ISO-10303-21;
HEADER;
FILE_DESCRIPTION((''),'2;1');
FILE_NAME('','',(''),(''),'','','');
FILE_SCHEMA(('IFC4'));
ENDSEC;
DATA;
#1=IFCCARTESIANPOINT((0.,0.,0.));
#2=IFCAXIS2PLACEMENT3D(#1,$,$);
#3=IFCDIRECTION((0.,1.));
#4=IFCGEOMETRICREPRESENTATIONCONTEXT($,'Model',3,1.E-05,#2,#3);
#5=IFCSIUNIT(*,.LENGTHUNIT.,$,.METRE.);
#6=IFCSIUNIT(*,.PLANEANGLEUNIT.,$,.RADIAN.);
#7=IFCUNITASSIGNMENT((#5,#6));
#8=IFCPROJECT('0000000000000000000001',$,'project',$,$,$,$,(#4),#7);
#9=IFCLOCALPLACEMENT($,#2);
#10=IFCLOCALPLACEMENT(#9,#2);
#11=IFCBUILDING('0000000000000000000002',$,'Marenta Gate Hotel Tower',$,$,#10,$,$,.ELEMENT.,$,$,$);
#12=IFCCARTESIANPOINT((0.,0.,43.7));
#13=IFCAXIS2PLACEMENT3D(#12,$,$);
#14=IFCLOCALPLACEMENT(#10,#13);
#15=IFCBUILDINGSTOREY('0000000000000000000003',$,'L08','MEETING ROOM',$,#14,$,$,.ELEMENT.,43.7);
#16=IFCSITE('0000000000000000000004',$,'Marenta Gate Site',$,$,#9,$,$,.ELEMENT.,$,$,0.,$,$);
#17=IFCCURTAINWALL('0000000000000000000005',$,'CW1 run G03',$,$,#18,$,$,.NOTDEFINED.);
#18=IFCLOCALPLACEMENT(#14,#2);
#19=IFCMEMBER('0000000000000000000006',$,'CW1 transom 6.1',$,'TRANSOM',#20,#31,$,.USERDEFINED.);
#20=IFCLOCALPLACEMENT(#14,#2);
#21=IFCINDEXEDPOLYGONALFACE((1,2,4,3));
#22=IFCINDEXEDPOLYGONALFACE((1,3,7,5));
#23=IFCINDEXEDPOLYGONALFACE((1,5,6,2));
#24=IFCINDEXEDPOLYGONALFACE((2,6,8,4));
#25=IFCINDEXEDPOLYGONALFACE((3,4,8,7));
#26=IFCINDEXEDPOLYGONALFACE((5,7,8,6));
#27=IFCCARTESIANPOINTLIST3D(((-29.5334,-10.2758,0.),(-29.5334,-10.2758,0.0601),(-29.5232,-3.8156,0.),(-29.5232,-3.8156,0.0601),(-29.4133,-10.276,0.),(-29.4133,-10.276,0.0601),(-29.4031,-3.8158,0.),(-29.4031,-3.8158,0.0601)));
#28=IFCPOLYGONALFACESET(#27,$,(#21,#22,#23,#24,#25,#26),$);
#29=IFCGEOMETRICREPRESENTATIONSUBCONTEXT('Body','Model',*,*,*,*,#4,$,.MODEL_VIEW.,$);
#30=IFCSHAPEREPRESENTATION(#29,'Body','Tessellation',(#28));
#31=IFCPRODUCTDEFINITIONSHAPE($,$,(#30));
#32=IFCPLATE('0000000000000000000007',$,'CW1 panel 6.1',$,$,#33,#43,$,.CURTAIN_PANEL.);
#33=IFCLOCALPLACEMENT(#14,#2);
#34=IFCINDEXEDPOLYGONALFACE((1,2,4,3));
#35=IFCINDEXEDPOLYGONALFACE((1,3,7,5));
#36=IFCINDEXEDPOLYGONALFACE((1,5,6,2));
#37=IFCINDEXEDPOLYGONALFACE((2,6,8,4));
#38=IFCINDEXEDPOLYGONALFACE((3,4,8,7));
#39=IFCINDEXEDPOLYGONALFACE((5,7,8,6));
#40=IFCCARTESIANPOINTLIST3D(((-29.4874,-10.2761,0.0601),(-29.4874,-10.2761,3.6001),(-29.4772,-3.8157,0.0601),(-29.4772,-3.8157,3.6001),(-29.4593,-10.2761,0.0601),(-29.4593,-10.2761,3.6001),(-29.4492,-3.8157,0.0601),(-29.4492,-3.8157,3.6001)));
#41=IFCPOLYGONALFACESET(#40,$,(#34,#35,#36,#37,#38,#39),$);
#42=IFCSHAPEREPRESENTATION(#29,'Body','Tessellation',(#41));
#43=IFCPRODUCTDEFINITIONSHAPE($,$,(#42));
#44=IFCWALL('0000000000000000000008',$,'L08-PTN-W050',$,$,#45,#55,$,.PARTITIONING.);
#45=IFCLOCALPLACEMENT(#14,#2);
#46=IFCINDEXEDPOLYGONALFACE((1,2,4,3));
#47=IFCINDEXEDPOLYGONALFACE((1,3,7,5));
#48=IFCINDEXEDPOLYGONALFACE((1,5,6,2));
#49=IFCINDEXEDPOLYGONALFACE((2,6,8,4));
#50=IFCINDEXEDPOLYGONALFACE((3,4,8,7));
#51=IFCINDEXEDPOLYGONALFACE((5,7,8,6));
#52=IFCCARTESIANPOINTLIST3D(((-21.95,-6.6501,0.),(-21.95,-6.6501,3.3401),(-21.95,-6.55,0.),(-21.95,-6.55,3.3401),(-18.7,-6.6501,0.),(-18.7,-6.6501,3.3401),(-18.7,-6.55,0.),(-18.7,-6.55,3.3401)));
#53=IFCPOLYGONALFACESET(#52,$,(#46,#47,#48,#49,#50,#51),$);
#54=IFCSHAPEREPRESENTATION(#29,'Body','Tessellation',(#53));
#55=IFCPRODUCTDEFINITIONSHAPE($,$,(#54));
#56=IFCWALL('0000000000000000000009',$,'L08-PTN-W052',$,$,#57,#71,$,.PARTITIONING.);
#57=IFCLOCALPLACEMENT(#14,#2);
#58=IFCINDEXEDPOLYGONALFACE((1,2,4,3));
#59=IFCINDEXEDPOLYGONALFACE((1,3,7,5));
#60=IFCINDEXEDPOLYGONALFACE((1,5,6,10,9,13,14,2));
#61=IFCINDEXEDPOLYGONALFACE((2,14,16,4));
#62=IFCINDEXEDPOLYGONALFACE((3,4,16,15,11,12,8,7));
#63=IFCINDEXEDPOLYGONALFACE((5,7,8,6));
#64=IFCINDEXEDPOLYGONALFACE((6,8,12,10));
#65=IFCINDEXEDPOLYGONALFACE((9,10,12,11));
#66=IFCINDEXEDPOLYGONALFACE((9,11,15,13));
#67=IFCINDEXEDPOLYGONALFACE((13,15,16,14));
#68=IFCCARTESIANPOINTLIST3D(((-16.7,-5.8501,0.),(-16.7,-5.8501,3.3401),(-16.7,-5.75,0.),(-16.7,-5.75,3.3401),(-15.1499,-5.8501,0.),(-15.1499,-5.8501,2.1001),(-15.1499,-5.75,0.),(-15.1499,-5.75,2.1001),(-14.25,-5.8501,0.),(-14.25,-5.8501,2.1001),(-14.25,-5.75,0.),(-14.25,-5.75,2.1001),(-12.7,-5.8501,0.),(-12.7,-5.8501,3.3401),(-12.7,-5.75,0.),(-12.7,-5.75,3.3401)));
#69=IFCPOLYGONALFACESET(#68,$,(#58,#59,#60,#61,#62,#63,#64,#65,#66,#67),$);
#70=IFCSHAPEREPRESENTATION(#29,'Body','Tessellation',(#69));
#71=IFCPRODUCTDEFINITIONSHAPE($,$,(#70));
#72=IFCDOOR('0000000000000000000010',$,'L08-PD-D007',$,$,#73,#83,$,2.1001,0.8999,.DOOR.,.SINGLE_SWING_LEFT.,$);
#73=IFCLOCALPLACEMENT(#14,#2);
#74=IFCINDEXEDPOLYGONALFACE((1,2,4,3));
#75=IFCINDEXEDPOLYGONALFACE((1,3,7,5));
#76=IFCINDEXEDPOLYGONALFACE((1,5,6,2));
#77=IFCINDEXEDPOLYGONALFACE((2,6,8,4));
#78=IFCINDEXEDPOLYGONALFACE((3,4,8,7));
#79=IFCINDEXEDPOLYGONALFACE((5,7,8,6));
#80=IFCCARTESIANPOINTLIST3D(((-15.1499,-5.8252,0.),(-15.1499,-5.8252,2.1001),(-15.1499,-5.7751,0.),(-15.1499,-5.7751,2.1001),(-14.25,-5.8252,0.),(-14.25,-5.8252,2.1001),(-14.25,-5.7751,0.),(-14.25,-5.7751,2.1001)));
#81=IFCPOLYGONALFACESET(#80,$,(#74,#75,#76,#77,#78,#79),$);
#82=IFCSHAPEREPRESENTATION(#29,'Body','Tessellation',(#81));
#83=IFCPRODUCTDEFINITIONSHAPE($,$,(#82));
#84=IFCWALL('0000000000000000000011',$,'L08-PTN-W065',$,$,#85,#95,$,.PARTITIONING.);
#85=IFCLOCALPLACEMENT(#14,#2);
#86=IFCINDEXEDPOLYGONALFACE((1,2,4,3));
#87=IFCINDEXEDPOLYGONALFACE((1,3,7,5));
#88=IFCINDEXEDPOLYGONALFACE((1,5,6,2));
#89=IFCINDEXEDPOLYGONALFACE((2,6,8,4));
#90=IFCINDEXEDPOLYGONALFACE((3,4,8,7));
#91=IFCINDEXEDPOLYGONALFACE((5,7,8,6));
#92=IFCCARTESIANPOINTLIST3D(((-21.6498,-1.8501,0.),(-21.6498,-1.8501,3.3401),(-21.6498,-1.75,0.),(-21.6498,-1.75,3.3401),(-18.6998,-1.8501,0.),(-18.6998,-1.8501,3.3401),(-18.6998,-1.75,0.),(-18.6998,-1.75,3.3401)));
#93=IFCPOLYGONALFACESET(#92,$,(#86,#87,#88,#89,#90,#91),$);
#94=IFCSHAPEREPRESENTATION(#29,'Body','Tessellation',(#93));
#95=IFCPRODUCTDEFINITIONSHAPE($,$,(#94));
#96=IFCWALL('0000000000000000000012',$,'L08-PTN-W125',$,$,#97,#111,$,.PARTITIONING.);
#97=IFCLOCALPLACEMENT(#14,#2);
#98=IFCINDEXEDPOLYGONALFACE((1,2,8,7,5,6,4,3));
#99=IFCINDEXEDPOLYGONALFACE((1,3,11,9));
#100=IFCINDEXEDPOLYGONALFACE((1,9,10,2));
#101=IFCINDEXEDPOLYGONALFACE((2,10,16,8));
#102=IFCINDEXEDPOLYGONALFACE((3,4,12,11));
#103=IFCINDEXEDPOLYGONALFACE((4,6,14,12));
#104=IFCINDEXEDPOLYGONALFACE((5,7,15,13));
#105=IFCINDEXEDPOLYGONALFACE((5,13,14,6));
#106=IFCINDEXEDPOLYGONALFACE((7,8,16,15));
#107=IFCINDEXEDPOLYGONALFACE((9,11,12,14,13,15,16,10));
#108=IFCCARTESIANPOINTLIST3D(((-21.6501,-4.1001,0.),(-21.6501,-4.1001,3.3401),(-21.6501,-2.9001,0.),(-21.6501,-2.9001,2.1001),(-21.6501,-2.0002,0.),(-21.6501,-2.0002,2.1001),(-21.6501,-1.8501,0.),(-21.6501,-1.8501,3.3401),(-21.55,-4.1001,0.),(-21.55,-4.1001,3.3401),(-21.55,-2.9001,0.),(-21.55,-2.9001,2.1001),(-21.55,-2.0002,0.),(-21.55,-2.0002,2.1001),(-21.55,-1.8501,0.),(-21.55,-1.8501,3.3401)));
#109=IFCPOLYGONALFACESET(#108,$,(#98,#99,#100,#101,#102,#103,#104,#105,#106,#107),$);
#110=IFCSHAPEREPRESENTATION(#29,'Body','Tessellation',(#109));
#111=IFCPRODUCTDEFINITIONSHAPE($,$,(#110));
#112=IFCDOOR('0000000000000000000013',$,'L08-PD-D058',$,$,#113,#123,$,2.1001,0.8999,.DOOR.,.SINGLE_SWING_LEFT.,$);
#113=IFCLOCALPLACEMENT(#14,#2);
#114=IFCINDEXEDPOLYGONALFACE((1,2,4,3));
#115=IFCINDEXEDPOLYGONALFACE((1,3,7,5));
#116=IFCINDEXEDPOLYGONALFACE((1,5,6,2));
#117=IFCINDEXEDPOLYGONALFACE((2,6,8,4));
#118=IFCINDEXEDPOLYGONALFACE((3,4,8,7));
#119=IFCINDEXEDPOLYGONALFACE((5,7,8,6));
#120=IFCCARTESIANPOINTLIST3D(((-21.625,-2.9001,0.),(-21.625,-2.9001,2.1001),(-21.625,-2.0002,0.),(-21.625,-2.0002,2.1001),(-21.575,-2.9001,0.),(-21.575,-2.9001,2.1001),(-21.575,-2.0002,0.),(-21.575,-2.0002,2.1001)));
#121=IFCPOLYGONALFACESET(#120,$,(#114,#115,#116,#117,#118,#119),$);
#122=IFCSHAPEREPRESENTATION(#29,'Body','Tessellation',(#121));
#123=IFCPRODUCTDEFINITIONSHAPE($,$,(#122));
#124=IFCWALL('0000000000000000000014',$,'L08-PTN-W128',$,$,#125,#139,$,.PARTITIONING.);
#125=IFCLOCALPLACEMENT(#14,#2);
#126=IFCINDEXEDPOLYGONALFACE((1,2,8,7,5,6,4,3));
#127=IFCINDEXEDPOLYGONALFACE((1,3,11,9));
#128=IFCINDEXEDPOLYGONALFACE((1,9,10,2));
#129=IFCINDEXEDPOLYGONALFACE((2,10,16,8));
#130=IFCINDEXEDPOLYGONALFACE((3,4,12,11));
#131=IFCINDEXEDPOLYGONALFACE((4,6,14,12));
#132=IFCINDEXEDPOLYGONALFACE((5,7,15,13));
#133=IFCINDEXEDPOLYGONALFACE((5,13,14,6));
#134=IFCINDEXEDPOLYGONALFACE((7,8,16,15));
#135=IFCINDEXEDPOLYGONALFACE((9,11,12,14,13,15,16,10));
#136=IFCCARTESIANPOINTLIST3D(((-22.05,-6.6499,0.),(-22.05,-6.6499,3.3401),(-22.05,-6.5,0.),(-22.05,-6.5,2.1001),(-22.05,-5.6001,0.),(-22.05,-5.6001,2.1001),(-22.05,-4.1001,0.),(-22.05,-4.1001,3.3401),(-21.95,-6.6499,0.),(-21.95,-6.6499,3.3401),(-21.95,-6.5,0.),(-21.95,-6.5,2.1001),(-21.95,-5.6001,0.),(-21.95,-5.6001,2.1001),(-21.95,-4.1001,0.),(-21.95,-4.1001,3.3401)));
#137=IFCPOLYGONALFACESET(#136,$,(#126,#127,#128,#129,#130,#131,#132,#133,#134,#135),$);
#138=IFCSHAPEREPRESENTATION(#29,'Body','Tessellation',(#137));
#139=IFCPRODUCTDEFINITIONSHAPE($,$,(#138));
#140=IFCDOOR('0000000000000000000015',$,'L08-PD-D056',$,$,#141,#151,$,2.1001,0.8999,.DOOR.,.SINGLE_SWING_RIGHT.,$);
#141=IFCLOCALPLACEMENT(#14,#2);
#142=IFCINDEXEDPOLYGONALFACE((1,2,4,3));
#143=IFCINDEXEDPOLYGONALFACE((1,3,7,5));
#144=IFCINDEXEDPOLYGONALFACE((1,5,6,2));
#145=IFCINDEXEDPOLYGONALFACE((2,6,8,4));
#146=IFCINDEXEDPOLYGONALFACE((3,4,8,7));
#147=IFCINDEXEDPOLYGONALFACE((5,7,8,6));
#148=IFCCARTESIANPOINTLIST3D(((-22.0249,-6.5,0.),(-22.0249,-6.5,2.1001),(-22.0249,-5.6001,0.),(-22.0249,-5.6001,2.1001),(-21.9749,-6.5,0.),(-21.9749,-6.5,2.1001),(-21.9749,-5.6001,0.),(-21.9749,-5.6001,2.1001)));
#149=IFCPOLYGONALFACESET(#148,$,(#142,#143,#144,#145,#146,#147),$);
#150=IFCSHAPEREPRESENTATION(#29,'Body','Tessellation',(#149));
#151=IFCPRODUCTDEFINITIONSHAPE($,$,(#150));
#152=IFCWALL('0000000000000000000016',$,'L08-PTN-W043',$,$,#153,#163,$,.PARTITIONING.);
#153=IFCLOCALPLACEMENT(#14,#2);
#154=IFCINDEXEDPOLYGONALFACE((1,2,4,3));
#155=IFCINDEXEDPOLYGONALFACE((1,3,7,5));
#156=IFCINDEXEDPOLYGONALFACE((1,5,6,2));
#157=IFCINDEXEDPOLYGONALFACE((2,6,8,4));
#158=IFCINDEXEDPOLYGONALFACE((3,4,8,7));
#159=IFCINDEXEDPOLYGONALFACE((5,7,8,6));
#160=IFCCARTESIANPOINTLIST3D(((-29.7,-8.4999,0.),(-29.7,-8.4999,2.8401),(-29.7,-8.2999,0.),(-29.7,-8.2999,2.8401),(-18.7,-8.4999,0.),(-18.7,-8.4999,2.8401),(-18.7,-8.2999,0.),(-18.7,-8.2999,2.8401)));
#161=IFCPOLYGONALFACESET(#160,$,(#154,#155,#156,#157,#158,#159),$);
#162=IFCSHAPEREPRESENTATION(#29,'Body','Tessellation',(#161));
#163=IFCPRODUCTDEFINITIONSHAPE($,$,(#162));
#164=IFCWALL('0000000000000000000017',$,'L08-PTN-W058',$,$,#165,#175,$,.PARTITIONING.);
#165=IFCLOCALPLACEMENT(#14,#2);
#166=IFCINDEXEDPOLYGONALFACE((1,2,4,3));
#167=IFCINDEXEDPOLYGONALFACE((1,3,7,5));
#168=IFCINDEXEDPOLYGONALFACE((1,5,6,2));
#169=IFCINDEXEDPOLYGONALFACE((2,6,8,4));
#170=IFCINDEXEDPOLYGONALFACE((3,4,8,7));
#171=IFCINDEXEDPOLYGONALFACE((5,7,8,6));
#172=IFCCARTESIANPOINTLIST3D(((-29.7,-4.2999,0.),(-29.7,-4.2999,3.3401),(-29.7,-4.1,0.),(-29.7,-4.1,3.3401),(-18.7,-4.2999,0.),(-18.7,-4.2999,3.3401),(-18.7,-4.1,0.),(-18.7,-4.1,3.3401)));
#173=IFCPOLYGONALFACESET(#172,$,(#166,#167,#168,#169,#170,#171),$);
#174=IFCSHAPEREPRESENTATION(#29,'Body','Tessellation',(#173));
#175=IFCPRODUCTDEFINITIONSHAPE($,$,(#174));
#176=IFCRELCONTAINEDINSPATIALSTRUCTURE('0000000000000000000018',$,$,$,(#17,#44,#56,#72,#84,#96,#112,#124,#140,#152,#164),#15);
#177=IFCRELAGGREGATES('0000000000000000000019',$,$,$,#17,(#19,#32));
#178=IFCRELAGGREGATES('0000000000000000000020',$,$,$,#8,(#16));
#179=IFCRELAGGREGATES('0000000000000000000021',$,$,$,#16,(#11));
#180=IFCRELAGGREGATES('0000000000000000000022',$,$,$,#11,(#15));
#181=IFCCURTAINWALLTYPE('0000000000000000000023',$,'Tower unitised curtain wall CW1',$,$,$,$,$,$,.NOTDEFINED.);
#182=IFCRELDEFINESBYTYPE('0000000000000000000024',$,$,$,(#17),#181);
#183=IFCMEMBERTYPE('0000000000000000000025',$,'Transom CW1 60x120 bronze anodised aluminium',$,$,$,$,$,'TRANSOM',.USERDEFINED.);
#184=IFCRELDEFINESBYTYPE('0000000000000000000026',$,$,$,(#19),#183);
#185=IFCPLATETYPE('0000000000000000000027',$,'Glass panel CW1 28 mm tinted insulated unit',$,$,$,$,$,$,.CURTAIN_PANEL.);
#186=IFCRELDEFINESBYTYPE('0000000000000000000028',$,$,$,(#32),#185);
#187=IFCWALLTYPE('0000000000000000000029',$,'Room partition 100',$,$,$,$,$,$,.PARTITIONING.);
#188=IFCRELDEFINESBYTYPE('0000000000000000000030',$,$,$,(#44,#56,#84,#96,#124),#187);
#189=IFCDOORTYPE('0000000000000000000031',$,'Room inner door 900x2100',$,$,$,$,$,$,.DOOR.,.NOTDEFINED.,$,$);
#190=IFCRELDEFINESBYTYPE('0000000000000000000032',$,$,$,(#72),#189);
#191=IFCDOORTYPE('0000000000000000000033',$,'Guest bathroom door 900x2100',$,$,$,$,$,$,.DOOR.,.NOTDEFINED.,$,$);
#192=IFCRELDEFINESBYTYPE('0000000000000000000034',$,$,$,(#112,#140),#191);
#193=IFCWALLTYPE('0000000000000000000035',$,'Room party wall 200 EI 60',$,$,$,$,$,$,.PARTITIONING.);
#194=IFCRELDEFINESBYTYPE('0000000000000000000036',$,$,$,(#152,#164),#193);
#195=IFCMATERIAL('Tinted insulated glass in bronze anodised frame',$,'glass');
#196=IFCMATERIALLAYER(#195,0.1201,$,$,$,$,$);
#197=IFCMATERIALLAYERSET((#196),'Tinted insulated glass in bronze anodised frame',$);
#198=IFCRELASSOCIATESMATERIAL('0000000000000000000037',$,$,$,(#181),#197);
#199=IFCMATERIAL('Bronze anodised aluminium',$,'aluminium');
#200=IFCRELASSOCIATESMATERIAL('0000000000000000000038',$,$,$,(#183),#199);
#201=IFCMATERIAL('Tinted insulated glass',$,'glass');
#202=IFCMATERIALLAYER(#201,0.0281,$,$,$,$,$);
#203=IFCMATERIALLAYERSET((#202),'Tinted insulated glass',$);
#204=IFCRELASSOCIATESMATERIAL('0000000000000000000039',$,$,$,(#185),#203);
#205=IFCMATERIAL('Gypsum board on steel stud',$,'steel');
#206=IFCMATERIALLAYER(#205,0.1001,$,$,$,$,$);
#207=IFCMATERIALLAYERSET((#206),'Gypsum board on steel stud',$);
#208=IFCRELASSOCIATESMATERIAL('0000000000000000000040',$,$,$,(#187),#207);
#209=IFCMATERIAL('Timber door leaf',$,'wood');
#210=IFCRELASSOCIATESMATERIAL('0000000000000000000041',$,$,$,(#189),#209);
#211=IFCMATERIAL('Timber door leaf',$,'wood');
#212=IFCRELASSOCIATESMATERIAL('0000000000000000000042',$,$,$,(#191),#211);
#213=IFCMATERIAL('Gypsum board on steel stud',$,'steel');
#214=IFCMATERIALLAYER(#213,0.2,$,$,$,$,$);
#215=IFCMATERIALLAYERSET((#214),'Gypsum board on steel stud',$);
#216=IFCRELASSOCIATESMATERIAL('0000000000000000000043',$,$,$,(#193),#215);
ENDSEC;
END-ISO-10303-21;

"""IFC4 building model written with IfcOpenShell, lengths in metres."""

from ifc_helpers import new_model, si_unit, direction, frame, frame_2d, origin, origin_2d, place, context, subcontext, project, spatial, rectangle, extrude, material, layer, layer_set, material_profile, profile_set, type_object, element, fill, aggregate, save


model = new_model("IFC4")

# Units and contexts
model_context = context("Model", 3, precision=1e-05, world=origin(), true_north=direction((0.0, 1.0)))
body_context = subcontext(model_context, "Body", "Model", "MODEL_VIEW")
ifc_project = project(units=[si_unit("LENGTHUNIT", "METRE"), si_unit("PLANEANGLEUNIT", "RADIAN")], contexts=[model_context])

# Site, building, storey
site_placement = place(None, origin())
site = spatial("IfcSite", under=ifc_project, at=site_placement, Name="Marenta Gate Site", CompositionType="ELEMENT", RefElevation=0.0)
building_placement = place(site_placement, origin())
building = spatial("IfcBuilding", under=site, at=building_placement, Name="Marenta Gate Hotel Tower", CompositionType="ELEMENT")
storey_placement = place(building_placement, frame((0.0, 0.0, 43.7)))
storey = spatial("IfcBuildingStorey", under=building, at=storey_placement, Name="L08", Description="MEETING ROOM", CompositionType="ELEMENT", Elevation=43.7)

# Curtain wall, member, plate
ifc_material_1 = material(Name="Tinted insulated glass in bronze anodised frame", Category="glass")
ifc_layer_1 = layer(ifc_material_1, 0.1201)
ifc_layer_set_1 = layer_set([ifc_layer_1], Name="Tinted insulated glass in bronze anodised frame")
curtain_wall_type = type_object("IfcCurtainWallType", Name="Tower unitised curtain wall CW1", PredefinedType="NOTDEFINED", material=ifc_layer_set_1)
curtain_wall_placement = place(storey_placement, origin())
curtain_wall = element("IfcCurtainWall", 1, at=curtain_wall_placement, inside=storey, type_object=curtain_wall_type, Name="CW1 run G03", PredefinedType="NOTDEFINED")
ifc_material_2 = material(Name="Bronze anodised aluminium", Category="aluminium")
ifc_material_profile_1 = material_profile(ifc_material_2, rectangle(XDim=0.1201, YDim=0.0601, at=origin_2d()), Name="Transom CW1 60x120 bronze anodised aluminium")
ifc_profile_set_1 = profile_set([ifc_material_profile_1], Name="Bronze anodised aluminium")
member_type_1 = type_object("IfcMemberType", Name="Transom CW1 60x120 bronze anodised aluminium", ElementType="TRANSOM", PredefinedType="USERDEFINED", material=ifc_profile_set_1)
member_1_placement = place(storey_placement, frame((-29.4631, -3.8157, 0.03), z_axis=(-0.001587, -0.999999, 0.0), x_axis=(0.999999, -0.001587, 0.0)))
member_1 = element("IfcMember", 2, at=member_1_placement, type_object=member_type_1, Name="CW1 transom 6.1", ObjectType="TRANSOM", PredefinedType="USERDEFINED", context=body_context, shape_type="SweptSolid", body=[
    extrude(rectangle(XDim=0.1201, YDim=0.0601, at=origin_2d()), origin(), (0.0, 0.0, 1.0), 6.4602),
])
ifc_material_3 = material(Name="Tinted insulated glass", Category="glass")
ifc_layer_2 = layer(ifc_material_3, 0.0281)
ifc_layer_set_2 = layer_set([ifc_layer_2], Name="Tinted insulated glass")
plate_type = type_object("IfcPlateType", Name="Glass panel CW1 28 mm tinted insulated unit", PredefinedType="CURTAIN_PANEL", material=ifc_layer_set_2)
plate_placement = place(storey_placement, frame((-29.4683, -7.0459, 0.0601), z_axis=(0.0, 0.0, 1.0), x_axis=(-0.001566, -0.999999, 0.0)))
plate = element("IfcPlate", 3, at=plate_placement, type_object=plate_type, Name="CW1 panel 6.1", PredefinedType="CURTAIN_PANEL", context=body_context, shape_type="SweptSolid", body=[
    extrude(rectangle(XDim=6.4604, YDim=0.0281, at=origin_2d()), origin(), (0.0, 0.0, 1.0), 3.54),
])
aggregate(curtain_wall, [member_1, plate])

# Wall
ifc_material_4 = material(Name="Gypsum board on steel stud", Category="steel")
ifc_layer_3 = layer(ifc_material_4, 0.1001)
ifc_layer_set_3 = layer_set([ifc_layer_3], Name="Gypsum board on steel stud")
wall_type_1 = type_object("IfcWallType", Name="Room partition 100", PredefinedType="PARTITIONING", material=ifc_layer_set_3)
wall_1_placement = place(storey_placement, frame((-21.95, -6.6001, 0.0), z_axis=(0.0, 0.0, 1.0), x_axis=(1.0, 0.0, 0.0)))
element("IfcWall", 4, at=wall_1_placement, inside=storey, type_object=wall_type_1, Name="L08-PTN-W050", PredefinedType="PARTITIONING", context=body_context, shape_type="SweptSolid", body=[
    extrude(rectangle(XDim=3.25, YDim=0.1001, at=frame_2d((1.625, 0.0))), origin(), (0.0, 0.0, 1.0), 3.3401),
])

# Wall, opening, door
wall_2_placement = place(storey_placement, frame((-16.7, -5.8, 0.0), z_axis=(0.0, 0.0, 1.0), x_axis=(1.0, 0.0, 0.0)))
wall_2 = element("IfcWall", 5, at=wall_2_placement, inside=storey, type_object=wall_type_1, Name="L08-PTN-W052", PredefinedType="PARTITIONING", context=body_context, shape_type="SweptSolid", body=[
    extrude(rectangle(XDim=4.0, YDim=0.1001, at=frame_2d((2.0, 0.0))), origin(), (0.0, 0.0, 1.0), 3.3401),
])
opening_1_placement = place(wall_2_placement, frame((1.55, 0.0, 0.0)))
opening_1 = element("IfcOpeningElement", 6, at=opening_1_placement, cuts=wall_2, PredefinedType="OPENING", context=body_context, shape_type="SweptSolid", body=[
    extrude(rectangle(XDim=0.8999, YDim=2.1001, at=frame_2d((0.45, 1.05))), frame((0.0, 0.05, 0.0), z_axis=(0.0, -1.0, 0.0), x_axis=(1.0, 0.0, 0.0)), (0.0, 0.0, 1.0), 0.1001),
])
ifc_material_5 = material(Name="Timber door leaf", Category="wood")
door_type_1 = type_object("IfcDoorType", Name="Room inner door 900x2100", OperationType="NOTDEFINED", PredefinedType="DOOR", material=ifc_material_5)
door_1_placement = place(opening_1_placement, origin())
door_1 = element("IfcDoor", 7, at=door_1_placement, inside=storey, type_object=door_type_1, Name="L08-PD-D007", OperationType="SINGLE_SWING_LEFT", OverallHeight=2.1001, OverallWidth=0.8999, PredefinedType="DOOR", context=body_context, shape_type="SweptSolid", body=[
    extrude(rectangle(XDim=0.8999, YDim=2.1001, at=frame_2d((0.45, 1.05))), frame((0.0, 0.0249, 0.0), z_axis=(0.0, -1.0, 0.0), x_axis=(1.0, 0.0, 0.0)), (0.0, 0.0, 1.0), 0.05),
])
fill(opening_1, door_1)

# Wall
wall_3_placement = place(storey_placement, frame((-21.6499, -1.8, 0.0), z_axis=(0.0, 0.0, 1.0), x_axis=(1.0, 0.0, 0.0)))
element("IfcWall", 8, at=wall_3_placement, inside=storey, type_object=wall_type_1, Name="L08-PTN-W065", PredefinedType="PARTITIONING", context=body_context, shape_type="SweptSolid", body=[
    extrude(rectangle(XDim=2.95, YDim=0.1001, at=frame_2d((1.4751, 0.0))), origin(), (0.0, 0.0, 1.0), 3.3401),
])

# Walls, openings, doors
wall_4_placement = place(storey_placement, frame((-21.6001, -4.1001, 0.0), z_axis=(0.0, 0.0, 1.0), x_axis=(0.0, 1.0, 0.0)))
wall_4 = element("IfcWall", 9, at=wall_4_placement, inside=storey, type_object=wall_type_1, Name="L08-PTN-W125", PredefinedType="PARTITIONING", context=body_context, shape_type="SweptSolid", body=[
    extrude(rectangle(XDim=2.25, YDim=0.1001, at=frame_2d((1.125, 0.0))), origin(), (0.0, 0.0, 1.0), 3.3401),
])
opening_2_placement = place(wall_4_placement, frame((1.2, 0.0, 0.0)))
opening_2 = element("IfcOpeningElement", 10, at=opening_2_placement, cuts=wall_4, PredefinedType="OPENING", context=body_context, shape_type="SweptSolid", body=[
    extrude(rectangle(XDim=0.8999, YDim=2.1001, at=frame_2d((0.45, 1.05))), frame((0.0, 0.05, 0.0), z_axis=(0.0, -1.0, 0.0), x_axis=(1.0, 0.0, 0.0)), (0.0, 0.0, 1.0), 0.1001),
])
ifc_material_6 = material(Name="Timber door leaf", Category="wood")
door_type_2 = type_object("IfcDoorType", Name="Guest bathroom door 900x2100", OperationType="NOTDEFINED", PredefinedType="DOOR", material=ifc_material_6)
door_2_placement = place(opening_2_placement, origin())
door_2 = element("IfcDoor", 11, at=door_2_placement, inside=storey, type_object=door_type_2, Name="L08-PD-D058", OperationType="SINGLE_SWING_LEFT", OverallHeight=2.1001, OverallWidth=0.8999, PredefinedType="DOOR", context=body_context, shape_type="SweptSolid", body=[
    extrude(rectangle(XDim=0.8999, YDim=2.1001, at=frame_2d((0.45, 1.05))), frame((0.0, 0.0249, 0.0), z_axis=(0.0, -1.0, 0.0), x_axis=(1.0, 0.0, 0.0)), (0.0, 0.0, 1.0), 0.05),
])
fill(opening_2, door_2)
wall_5_placement = place(storey_placement, frame((-22.0, -6.6499, 0.0), z_axis=(0.0, 0.0, 1.0), x_axis=(0.0, 1.0, 0.0)))
wall_5 = element("IfcWall", 12, at=wall_5_placement, inside=storey, type_object=wall_type_1, Name="L08-PTN-W128", PredefinedType="PARTITIONING", context=body_context, shape_type="SweptSolid", body=[
    extrude(rectangle(XDim=2.5498, YDim=0.1001, at=frame_2d((1.2749, 0.0))), origin(), (0.0, 0.0, 1.0), 3.3401),
])
opening_3_placement = place(wall_5_placement, frame((0.1499, 0.0, 0.0)))
opening_3 = element("IfcOpeningElement", 13, at=opening_3_placement, cuts=wall_5, PredefinedType="OPENING", context=body_context, shape_type="SweptSolid", body=[
    extrude(rectangle(XDim=0.8999, YDim=2.1001, at=frame_2d((0.45, 1.05))), frame((0.0, 0.05, 0.0), z_axis=(0.0, -1.0, 0.0), x_axis=(1.0, 0.0, 0.0)), (0.0, 0.0, 1.0), 0.1001),
])
door_3_placement = place(opening_3_placement, origin())
door_3 = element("IfcDoor", 14, at=door_3_placement, inside=storey, type_object=door_type_2, Name="L08-PD-D056", OperationType="SINGLE_SWING_RIGHT", OverallHeight=2.1001, OverallWidth=0.8999, PredefinedType="DOOR", context=body_context, shape_type="SweptSolid", body=[
    extrude(rectangle(XDim=0.8999, YDim=2.1001, at=frame_2d((0.45, 1.05))), frame((0.0, 0.0249, 0.0), z_axis=(0.0, -1.0, 0.0), x_axis=(1.0, 0.0, 0.0)), (0.0, 0.0, 1.0), 0.05),
])
fill(opening_3, door_3)

# Walls
ifc_material_7 = material(Name="Gypsum board on steel stud", Category="steel")
ifc_layer_4 = layer(ifc_material_7, 0.2)
ifc_layer_set_4 = layer_set([ifc_layer_4], Name="Gypsum board on steel stud")
wall_type_2 = type_object("IfcWallType", Name="Room party wall 200 EI 60", PredefinedType="PARTITIONING", material=ifc_layer_set_4)
wall_6_placement = place(storey_placement, frame((-29.7, -8.3999, 0.0), z_axis=(0.0, 0.0, 1.0), x_axis=(1.0, 0.0, 0.0)))
element("IfcWall", 15, at=wall_6_placement, inside=storey, type_object=wall_type_2, Name="L08-PTN-W043", PredefinedType="PARTITIONING", context=body_context, shape_type="SweptSolid", body=[
    extrude(rectangle(XDim=11.0, YDim=0.2, at=frame_2d((5.5, 0.0))), origin(), (0.0, 0.0, 1.0), 2.8401),
])
wall_7_placement = place(storey_placement, frame((-29.7, -4.2, 0.0), z_axis=(0.0, 0.0, 1.0), x_axis=(1.0, 0.0, 0.0)))
element("IfcWall", 16, at=wall_7_placement, inside=storey, type_object=wall_type_2, Name="L08-PTN-W058", PredefinedType="PARTITIONING", context=body_context, shape_type="SweptSolid", body=[
    extrude(rectangle(XDim=11.0, YDim=0.2, at=frame_2d((5.5, 0.0))), origin(), (0.0, 0.0, 1.0), 3.3401),
])

save(model, "model.ifc")
